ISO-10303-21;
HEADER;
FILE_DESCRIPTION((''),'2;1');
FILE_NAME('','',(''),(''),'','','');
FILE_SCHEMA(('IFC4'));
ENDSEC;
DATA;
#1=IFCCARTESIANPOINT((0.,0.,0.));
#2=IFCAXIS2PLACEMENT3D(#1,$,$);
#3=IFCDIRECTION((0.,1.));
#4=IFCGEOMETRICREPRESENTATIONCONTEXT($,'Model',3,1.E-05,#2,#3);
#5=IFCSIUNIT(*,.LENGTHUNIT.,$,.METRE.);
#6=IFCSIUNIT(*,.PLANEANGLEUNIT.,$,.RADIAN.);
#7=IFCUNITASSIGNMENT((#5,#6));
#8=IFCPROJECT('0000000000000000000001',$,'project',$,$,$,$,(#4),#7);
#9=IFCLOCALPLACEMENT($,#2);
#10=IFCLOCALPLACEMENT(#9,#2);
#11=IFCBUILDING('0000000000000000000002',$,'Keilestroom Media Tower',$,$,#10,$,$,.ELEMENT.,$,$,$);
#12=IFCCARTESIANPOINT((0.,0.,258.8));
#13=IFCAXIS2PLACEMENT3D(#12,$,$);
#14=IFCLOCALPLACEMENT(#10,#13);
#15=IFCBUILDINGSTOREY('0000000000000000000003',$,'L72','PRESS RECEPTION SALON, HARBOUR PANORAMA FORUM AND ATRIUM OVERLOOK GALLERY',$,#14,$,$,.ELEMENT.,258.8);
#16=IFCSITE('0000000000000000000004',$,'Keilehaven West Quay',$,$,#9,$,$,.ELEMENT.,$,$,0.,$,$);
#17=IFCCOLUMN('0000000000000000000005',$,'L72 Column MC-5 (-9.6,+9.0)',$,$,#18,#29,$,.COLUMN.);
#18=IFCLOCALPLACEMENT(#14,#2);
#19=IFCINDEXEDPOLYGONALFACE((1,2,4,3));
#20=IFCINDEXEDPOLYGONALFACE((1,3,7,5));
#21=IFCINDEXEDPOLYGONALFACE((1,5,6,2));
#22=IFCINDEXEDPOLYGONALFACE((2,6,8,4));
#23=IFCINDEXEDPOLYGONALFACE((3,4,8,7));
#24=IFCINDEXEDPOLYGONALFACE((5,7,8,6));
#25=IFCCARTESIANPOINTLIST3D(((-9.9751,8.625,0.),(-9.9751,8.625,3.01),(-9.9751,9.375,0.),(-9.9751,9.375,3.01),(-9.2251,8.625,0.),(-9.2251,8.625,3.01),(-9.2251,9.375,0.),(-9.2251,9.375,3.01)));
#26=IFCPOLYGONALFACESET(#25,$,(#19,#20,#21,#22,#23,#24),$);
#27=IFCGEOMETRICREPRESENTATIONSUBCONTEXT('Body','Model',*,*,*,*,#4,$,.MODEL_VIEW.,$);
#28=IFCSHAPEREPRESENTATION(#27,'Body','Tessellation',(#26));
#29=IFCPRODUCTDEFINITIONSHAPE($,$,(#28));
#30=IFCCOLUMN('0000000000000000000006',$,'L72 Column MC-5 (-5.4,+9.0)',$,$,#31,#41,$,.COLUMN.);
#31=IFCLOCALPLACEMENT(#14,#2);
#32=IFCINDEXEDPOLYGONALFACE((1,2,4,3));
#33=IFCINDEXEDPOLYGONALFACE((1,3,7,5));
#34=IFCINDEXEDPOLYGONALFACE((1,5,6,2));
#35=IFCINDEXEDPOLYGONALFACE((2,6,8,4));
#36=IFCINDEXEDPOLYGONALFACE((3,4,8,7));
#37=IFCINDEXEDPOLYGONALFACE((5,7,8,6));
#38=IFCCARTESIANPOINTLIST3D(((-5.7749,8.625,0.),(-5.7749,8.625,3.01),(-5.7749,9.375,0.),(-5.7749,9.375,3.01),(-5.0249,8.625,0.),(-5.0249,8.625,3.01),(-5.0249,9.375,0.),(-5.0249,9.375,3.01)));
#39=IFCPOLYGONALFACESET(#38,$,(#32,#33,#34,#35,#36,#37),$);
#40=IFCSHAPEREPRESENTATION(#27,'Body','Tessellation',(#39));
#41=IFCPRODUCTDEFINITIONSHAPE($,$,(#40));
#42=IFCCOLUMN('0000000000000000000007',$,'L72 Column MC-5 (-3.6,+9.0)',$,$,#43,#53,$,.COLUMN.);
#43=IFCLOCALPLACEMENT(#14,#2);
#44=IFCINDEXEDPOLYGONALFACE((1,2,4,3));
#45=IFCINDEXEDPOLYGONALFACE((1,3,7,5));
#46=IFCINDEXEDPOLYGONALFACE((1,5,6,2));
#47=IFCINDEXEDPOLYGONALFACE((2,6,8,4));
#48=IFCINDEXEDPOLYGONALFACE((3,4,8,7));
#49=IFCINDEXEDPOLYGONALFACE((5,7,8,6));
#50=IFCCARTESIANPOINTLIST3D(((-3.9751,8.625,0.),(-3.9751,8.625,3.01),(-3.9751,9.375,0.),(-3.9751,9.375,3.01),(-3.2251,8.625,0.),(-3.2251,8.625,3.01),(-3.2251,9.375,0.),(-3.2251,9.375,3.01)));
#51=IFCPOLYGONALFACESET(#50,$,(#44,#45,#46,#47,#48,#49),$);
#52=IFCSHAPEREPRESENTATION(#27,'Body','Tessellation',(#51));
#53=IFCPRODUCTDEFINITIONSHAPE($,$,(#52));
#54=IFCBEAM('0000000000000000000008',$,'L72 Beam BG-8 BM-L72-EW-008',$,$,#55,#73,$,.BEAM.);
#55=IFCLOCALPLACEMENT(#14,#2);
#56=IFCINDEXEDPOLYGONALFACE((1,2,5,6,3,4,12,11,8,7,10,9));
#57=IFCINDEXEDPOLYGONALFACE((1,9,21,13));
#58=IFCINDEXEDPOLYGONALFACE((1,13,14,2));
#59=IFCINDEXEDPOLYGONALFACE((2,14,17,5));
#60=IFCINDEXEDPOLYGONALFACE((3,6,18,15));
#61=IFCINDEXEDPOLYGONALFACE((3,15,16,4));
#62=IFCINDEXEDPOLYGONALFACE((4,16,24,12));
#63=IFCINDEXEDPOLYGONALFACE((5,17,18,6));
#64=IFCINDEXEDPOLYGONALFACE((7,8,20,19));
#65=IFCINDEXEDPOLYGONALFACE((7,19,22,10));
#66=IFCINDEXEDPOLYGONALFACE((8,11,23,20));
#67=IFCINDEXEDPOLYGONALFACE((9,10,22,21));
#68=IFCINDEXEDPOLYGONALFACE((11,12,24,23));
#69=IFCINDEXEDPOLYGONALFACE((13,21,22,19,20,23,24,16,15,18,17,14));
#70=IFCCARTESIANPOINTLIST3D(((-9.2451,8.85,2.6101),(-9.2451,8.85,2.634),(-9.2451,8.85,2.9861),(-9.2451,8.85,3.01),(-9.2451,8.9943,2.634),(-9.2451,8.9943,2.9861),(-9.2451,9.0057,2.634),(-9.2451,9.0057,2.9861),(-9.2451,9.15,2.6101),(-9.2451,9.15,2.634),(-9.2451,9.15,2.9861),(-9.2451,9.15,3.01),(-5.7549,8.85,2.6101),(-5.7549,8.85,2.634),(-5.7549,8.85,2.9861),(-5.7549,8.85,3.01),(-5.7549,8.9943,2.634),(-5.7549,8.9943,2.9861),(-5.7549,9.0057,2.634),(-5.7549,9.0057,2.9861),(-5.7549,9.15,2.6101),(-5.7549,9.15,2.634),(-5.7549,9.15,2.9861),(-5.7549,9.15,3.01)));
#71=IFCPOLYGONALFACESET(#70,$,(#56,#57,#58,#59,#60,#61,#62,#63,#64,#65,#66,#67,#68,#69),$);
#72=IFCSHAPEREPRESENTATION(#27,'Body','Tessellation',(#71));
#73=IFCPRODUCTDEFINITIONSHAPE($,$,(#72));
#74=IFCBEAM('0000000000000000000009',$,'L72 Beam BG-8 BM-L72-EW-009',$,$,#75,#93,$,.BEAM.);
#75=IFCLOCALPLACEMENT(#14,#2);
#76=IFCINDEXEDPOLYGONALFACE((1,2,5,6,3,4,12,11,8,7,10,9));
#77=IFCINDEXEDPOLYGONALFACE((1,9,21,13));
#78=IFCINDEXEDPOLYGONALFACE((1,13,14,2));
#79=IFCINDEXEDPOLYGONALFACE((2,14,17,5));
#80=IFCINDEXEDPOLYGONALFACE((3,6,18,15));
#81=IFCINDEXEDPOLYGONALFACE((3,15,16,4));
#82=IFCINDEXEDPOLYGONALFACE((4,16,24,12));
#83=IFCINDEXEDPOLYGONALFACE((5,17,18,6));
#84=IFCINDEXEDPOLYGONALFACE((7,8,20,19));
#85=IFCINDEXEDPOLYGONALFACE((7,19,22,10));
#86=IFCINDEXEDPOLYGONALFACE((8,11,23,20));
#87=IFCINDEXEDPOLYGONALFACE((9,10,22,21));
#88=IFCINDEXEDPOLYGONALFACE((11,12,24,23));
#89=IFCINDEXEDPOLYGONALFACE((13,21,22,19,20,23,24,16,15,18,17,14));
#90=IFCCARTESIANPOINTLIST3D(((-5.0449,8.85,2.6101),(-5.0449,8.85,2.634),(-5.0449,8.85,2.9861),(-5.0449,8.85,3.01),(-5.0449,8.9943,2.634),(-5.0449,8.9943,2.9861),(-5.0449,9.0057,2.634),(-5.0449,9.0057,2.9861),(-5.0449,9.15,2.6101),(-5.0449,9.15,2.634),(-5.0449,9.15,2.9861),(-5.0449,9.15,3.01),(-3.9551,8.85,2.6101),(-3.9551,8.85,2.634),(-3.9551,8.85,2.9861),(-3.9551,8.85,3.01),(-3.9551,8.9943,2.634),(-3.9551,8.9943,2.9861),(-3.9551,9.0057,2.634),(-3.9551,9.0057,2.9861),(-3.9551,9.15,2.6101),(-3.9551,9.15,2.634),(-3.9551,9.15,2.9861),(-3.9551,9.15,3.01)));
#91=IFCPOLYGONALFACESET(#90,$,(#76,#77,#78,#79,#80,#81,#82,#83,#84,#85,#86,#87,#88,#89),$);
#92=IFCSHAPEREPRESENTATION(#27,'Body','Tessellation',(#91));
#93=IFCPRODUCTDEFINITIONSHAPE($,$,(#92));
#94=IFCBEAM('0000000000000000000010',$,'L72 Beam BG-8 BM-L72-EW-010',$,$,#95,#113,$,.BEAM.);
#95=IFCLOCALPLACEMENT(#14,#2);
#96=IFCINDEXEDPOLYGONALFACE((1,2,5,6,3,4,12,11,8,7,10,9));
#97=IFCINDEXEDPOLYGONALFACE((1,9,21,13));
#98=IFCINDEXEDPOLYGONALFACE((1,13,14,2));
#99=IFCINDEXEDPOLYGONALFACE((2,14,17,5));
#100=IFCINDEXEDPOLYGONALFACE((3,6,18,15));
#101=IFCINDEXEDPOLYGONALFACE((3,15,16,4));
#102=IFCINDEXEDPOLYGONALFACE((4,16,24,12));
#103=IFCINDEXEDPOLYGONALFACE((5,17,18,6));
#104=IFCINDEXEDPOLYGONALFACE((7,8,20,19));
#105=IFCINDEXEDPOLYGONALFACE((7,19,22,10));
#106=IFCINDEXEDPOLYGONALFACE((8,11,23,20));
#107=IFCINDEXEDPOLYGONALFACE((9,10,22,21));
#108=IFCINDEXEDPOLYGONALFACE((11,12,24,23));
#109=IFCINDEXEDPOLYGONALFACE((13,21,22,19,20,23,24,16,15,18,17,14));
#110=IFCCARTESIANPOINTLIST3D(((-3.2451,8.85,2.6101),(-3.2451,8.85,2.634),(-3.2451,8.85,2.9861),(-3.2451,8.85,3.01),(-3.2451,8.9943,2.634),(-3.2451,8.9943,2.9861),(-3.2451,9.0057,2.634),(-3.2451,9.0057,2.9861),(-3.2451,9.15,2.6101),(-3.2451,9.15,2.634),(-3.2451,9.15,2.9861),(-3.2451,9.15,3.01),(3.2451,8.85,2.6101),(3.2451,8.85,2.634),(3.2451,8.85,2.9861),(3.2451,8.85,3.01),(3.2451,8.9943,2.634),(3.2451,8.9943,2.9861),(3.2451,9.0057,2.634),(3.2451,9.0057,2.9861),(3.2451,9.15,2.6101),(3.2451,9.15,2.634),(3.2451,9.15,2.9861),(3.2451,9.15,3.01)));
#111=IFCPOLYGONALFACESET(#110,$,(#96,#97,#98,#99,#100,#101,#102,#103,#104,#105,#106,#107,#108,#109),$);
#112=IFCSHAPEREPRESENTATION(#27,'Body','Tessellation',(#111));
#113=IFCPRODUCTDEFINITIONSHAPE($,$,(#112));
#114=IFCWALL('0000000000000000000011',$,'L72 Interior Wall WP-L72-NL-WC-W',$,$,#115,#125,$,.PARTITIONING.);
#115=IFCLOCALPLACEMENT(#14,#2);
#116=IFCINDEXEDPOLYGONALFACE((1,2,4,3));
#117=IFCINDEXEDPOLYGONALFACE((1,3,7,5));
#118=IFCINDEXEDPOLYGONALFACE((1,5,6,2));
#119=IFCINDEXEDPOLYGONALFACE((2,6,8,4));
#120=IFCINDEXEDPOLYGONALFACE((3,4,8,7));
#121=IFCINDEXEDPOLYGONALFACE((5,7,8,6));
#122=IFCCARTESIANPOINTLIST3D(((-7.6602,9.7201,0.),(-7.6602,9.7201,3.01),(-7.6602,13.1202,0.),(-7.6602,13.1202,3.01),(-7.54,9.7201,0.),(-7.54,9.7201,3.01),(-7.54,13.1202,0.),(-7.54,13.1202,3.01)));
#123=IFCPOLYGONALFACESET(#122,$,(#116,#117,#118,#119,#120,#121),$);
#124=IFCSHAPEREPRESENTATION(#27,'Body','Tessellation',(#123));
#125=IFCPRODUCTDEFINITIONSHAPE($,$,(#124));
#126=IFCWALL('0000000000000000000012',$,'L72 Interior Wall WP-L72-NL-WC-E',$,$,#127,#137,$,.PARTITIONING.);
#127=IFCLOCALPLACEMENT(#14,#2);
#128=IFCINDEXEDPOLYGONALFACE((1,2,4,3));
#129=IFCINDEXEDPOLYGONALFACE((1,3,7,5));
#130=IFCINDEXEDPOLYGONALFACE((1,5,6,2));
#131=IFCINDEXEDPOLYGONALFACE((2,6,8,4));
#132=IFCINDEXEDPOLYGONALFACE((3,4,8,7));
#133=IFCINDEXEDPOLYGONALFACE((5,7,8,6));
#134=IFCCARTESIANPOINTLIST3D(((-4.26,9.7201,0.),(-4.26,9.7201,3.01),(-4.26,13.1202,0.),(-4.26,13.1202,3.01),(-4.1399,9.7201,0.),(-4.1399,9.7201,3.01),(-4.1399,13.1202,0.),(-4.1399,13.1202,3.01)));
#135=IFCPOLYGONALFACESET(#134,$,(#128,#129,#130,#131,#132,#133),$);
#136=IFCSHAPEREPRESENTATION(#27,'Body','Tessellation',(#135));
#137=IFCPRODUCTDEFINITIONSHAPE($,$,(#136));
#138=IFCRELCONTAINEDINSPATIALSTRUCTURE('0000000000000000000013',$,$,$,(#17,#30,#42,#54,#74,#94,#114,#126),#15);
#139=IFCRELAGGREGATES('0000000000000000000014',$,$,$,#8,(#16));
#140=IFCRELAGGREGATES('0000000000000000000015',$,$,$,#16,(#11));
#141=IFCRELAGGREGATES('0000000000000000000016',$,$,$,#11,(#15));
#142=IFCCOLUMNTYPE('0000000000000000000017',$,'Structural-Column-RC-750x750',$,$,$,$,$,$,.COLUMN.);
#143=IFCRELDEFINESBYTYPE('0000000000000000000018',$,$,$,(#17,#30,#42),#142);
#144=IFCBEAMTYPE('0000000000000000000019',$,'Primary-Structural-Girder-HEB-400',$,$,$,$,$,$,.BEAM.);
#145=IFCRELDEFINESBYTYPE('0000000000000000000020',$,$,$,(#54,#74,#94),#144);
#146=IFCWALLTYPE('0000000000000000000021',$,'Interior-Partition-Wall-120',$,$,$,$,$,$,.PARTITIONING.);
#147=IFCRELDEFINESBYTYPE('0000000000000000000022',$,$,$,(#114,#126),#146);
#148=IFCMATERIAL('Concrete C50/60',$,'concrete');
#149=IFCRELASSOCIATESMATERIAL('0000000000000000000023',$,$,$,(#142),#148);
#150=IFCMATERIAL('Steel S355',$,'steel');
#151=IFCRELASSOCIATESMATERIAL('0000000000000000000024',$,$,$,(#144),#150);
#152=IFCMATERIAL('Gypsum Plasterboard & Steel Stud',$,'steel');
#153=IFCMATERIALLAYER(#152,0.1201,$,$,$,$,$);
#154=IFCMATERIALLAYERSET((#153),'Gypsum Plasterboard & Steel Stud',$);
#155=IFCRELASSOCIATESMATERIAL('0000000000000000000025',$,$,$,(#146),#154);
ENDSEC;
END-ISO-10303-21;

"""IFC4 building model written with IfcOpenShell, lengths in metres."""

from ifc_helpers import new_model, si_unit, direction, frame, frame_2d, origin, origin_2d, place, context, subcontext, project, spatial, rectangle, i_section, extrude, source, transform, mapped, material, layer, layer_set, material_profile, profile_set, type_object, element, save


model = new_model("IFC4")

# Units and contexts
model_context = context("Model", 3, precision=1e-05, world=origin(), true_north=direction((0.0, 1.0)))
body_context = subcontext(model_context, "Body", "Model", "MODEL_VIEW")
ifc_project = project(units=[si_unit("LENGTHUNIT", "METRE"), si_unit("PLANEANGLEUNIT", "RADIAN")], contexts=[model_context])

# Site, building, storey
site_placement = place(None, origin())
site = spatial("IfcSite", under=ifc_project, at=site_placement, Name="Keilehaven West Quay", CompositionType="ELEMENT", RefElevation=0.0)
building_placement = place(site_placement, origin())
building = spatial("IfcBuilding", under=site, at=building_placement, Name="Keilestroom Media Tower", CompositionType="ELEMENT")
storey_placement = place(building_placement, frame((0.0, 0.0, 258.8)))
storey = spatial("IfcBuildingStorey", under=building, at=storey_placement, Name="L72", Description="PRESS RECEPTION SALON, HARBOUR PANORAMA FORUM AND ATRIUM OVERLOOK GALLERY", CompositionType="ELEMENT", Elevation=258.8)

# Columns
ifc_material_1 = material(Name="Concrete C50/60", Category="concrete")
ifc_material_profile_1 = material_profile(ifc_material_1, rectangle(XDim=0.75, YDim=0.75, at=origin_2d()), Name="RC 750x750")
ifc_profile_set_1 = profile_set([ifc_material_profile_1], Name="Concrete C50/60")
column_type = type_object("IfcColumnType", Name="Structural-Column-RC-750x750", PredefinedType="COLUMN", material=ifc_profile_set_1)
shared_shape_1 = source(origin(), body_context, "Body", "SweptSolid", [
    extrude(rectangle(XDim=0.75, YDim=0.75, at=origin_2d()), origin(), (0.0, 0.0, 1.0), 3.01),
])
for number, where, z_axis, x_axis, name in (
    (1, (-9.6001, 9.0, 0.0), (0.0, 0.0, 1.0), (1.0, 0.0, 0.0), "L72 Column MC-5 (-9.6,+9.0)"),
    (2, (-5.3999, 9.0, 0.0), (0.0, 0.0, 1.0), (1.0, 0.0, 0.0), "L72 Column MC-5 (-5.4,+9.0)"),
    (3, (-3.6001, 9.0, 0.0), (0.0, 0.0, 1.0), (1.0, 0.0, 0.0), "L72 Column MC-5 (-3.6,+9.0)"),
):
    element("IfcColumn", number, at=place(storey_placement, frame(where, z_axis=z_axis, x_axis=x_axis)), inside=storey, type_object=column_type, Name=name, PredefinedType="COLUMN", context=body_context, shape_type="MappedRepresentation", body=[
        mapped(shared_shape_1, transform((0.0, 0.0, 0.0), x_axis=(1.0, 0.0, 0.0), y_axis=(0.0, 1.0, 0.0), z_axis=(0.0, 0.0, 1.0), scale=1.0)),
    ])

# Beams
ifc_material_2 = material(Name="Steel S355", Category="steel")
ifc_material_profile_2 = material_profile(ifc_material_2, i_section(OverallWidth=0.3, OverallDepth=0.3999, WebThickness=0.0115, FlangeThickness=0.0239, at=origin_2d()), Name="HEB 400")
ifc_profile_set_2 = profile_set([ifc_material_profile_2], Name="Steel S355")
beam_type = type_object("IfcBeamType", Name="Primary-Structural-Girder-HEB-400", PredefinedType="BEAM", material=ifc_profile_set_2)
shared_shape_2 = source(origin(), body_context, "Body", "SweptSolid", [
    extrude(i_section(OverallWidth=0.3, OverallDepth=0.3999, WebThickness=0.0115, FlangeThickness=0.0239, at=origin_2d()), origin(), (0.0, 0.0, 1.0), 3.4902),
])
beam_1_placement = place(storey_placement, frame((-9.2451, 9.0, 2.8101), z_axis=(1.0, 0.0, 0.0), x_axis=(0.0, 1.0, 0.0)))
element("IfcBeam", 4, at=beam_1_placement, inside=storey, type_object=beam_type, Name="L72 Beam BG-8 BM-L72-EW-008", PredefinedType="BEAM", context=body_context, shape_type="MappedRepresentation", body=[
    mapped(shared_shape_2, transform((0.0, 0.0, 0.0), x_axis=(1.0, 0.0, 0.0), y_axis=(0.0, 1.0, 0.0), z_axis=(0.0, 0.0, 1.0), scale=1.0)),
])
shared_shape_3 = source(origin(), body_context, "Body", "SweptSolid", [
    extrude(i_section(OverallWidth=0.3, OverallDepth=0.3999, WebThickness=0.0115, FlangeThickness=0.0239, at=origin_2d()), origin(), (0.0, 0.0, 1.0), 1.0898),
])
beam_2_placement = place(storey_placement, frame((-5.0449, 9.0, 2.8101), z_axis=(1.0, 0.0, 0.0), x_axis=(0.0, 1.0, 0.0)))
element("IfcBeam", 5, at=beam_2_placement, inside=storey, type_object=beam_type, Name="L72 Beam BG-8 BM-L72-EW-009", PredefinedType="BEAM", context=body_context, shape_type="MappedRepresentation", body=[
    mapped(shared_shape_3, transform((0.0, 0.0, 0.0), x_axis=(1.0, 0.0, 0.0), y_axis=(0.0, 1.0, 0.0), z_axis=(0.0, 0.0, 1.0), scale=1.0)),
])
shared_shape_4 = source(origin(), body_context, "Body", "SweptSolid", [
    extrude(i_section(OverallWidth=0.3, OverallDepth=0.3999, WebThickness=0.0115, FlangeThickness=0.0239, at=origin_2d()), origin(), (0.0, 0.0, 1.0), 6.4902),
])
beam_3_placement = place(storey_placement, frame((-3.2451, 9.0, 2.8101), z_axis=(1.0, 0.0, 0.0), x_axis=(0.0, 1.0, 0.0)))
element("IfcBeam", 6, at=beam_3_placement, inside=storey, type_object=beam_type, Name="L72 Beam BG-8 BM-L72-EW-010", PredefinedType="BEAM", context=body_context, shape_type="MappedRepresentation", body=[
    mapped(shared_shape_4, transform((0.0, 0.0, 0.0), x_axis=(1.0, 0.0, 0.0), y_axis=(0.0, 1.0, 0.0), z_axis=(0.0, 0.0, 1.0), scale=1.0)),
])

# Walls
ifc_material_3 = material(Name="Gypsum Plasterboard & Steel Stud", Category="steel")
ifc_layer_1 = layer(ifc_material_3, 0.1201)
ifc_layer_set_1 = layer_set([ifc_layer_1], Name="Gypsum Plasterboard & Steel Stud")
wall_type_1 = type_object("IfcWallType", Name="Interior-Partition-Wall-120", PredefinedType="PARTITIONING", material=ifc_layer_set_1)
for number, where, z_axis, x_axis, name in (
    (7, (-7.6001, 9.72, 0.0), (0.0, 0.0, 1.0), (0.0, 1.0, 0.0), "L72 Interior Wall WP-L72-NL-WC-W"),
    (8, (-4.2, 9.72, 0.0), (0.0, 0.0, 1.0), (0.0, 1.0, 0.0), "L72 Interior Wall WP-L72-NL-WC-E"),
):
    element("IfcWall", number, at=place(storey_placement, frame(where, z_axis=z_axis, x_axis=x_axis)), inside=storey, type_object=wall_type_1, Name=name, PredefinedType="PARTITIONING", context=body_context, shape_type="SweptSolid", body=[
        extrude(rectangle(XDim=3.4001, YDim=0.1201, at=frame_2d((1.7002, 0.0))), origin(), (0.0, 0.0, 1.0), 3.01),
    ])

save(model, "model.ifc")
